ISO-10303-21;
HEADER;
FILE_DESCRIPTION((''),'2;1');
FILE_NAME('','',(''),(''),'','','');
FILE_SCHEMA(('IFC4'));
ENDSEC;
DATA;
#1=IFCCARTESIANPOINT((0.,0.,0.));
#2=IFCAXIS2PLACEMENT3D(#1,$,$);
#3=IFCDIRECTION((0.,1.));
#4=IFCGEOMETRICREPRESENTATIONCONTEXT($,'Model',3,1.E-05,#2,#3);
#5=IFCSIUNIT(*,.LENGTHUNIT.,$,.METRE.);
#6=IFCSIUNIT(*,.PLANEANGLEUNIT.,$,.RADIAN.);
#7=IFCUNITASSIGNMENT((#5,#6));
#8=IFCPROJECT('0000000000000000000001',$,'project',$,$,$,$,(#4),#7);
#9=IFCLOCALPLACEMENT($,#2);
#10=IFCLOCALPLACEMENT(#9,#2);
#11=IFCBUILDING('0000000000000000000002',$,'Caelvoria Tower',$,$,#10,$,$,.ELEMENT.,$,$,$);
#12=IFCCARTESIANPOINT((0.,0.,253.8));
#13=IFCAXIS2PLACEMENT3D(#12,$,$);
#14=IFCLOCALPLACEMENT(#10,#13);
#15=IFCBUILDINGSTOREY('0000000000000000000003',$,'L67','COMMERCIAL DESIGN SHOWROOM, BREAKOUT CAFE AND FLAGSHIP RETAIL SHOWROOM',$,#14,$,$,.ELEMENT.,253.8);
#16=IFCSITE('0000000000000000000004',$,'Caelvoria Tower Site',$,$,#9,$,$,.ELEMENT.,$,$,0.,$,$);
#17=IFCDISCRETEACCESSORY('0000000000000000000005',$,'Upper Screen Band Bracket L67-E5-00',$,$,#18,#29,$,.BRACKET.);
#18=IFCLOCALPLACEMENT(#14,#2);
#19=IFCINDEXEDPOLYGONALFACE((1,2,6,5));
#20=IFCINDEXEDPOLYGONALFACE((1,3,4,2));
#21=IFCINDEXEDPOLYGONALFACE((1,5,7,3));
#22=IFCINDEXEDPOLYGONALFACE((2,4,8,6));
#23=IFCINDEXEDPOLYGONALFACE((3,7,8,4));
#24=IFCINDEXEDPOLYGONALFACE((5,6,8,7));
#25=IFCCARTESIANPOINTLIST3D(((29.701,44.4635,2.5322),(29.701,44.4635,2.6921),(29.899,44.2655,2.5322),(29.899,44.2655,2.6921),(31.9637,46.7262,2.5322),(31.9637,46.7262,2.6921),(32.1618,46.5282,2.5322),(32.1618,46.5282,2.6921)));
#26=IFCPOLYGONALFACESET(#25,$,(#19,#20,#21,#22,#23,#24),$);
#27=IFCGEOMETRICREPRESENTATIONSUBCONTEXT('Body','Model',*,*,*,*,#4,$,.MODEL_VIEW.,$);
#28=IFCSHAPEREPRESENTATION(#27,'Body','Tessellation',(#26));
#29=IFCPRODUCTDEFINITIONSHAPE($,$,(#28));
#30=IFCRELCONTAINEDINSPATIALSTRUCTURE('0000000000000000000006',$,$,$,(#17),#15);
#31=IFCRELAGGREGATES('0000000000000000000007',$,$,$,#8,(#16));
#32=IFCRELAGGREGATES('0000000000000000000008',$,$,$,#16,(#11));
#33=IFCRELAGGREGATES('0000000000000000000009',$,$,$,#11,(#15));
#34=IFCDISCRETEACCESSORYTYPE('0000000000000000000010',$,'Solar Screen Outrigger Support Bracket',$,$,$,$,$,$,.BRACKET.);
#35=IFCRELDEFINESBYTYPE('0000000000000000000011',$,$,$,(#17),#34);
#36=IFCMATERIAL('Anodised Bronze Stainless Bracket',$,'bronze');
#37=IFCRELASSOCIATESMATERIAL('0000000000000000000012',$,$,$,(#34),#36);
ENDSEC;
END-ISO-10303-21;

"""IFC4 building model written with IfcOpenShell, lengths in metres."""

from ifc_helpers import new_model, si_unit, direction, frame, origin, origin_2d, place, context, subcontext, project, spatial, rectangle, extrude, material, type_object, element, save


model = new_model("IFC4")

# Units and contexts
model_context = context("Model", 3, precision=1e-05, world=origin(), true_north=direction((0.0, 1.0)))
body_context = subcontext(model_context, "Body", "Model", "MODEL_VIEW")
ifc_project = project(units=[si_unit("LENGTHUNIT", "METRE"), si_unit("PLANEANGLEUNIT", "RADIAN")], contexts=[model_context])

# Site, building, storey
site_placement = place(None, origin())
site = spatial("IfcSite", under=ifc_project, at=site_placement, Name="Caelvoria Tower Site", CompositionType="ELEMENT", RefElevation=0.0)
building_placement = place(site_placement, origin())
building = spatial("IfcBuilding", under=site, at=building_placement, Name="Caelvoria Tower", CompositionType="ELEMENT")
storey_placement = place(building_placement, frame((0.0, 0.0, 253.8)))
storey = spatial("IfcBuildingStorey", under=building, at=storey_placement, Name="L67", Description="COMMERCIAL DESIGN SHOWROOM, BREAKOUT CAFE AND FLAGSHIP RETAIL SHOWROOM", CompositionType="ELEMENT", Elevation=253.8)

# Discrete accessory
ifc_material_1 = material(Name="Anodised Bronze Stainless Bracket", Category="bronze")
discrete_accessory_type = type_object("IfcDiscreteAccessoryType", Name="Solar Screen Outrigger Support Bracket", PredefinedType="BRACKET", material=ifc_material_1)
for number, where, z_axis, x_axis, name in (
    (1, (30.9314, 45.4958, 2.5322), (0.0, 0.0, 1.0), (-0.707107, -0.707107, 0.0), "Upper Screen Band Bracket L67-E5-00"),
):
    element("IfcDiscreteAccessory", number, at=place(storey_placement, frame(where, z_axis=z_axis, x_axis=x_axis)), inside=storey, type_object=discrete_accessory_type, Name=name, PredefinedType="BRACKET", context=body_context, shape_type="SweptSolid", body=[
        extrude(rectangle(XDim=3.2, YDim=0.28, at=origin_2d()), origin(), (0.0, 0.0, 1.0), 0.1599),
    ])

save(model, "model.ifc")
